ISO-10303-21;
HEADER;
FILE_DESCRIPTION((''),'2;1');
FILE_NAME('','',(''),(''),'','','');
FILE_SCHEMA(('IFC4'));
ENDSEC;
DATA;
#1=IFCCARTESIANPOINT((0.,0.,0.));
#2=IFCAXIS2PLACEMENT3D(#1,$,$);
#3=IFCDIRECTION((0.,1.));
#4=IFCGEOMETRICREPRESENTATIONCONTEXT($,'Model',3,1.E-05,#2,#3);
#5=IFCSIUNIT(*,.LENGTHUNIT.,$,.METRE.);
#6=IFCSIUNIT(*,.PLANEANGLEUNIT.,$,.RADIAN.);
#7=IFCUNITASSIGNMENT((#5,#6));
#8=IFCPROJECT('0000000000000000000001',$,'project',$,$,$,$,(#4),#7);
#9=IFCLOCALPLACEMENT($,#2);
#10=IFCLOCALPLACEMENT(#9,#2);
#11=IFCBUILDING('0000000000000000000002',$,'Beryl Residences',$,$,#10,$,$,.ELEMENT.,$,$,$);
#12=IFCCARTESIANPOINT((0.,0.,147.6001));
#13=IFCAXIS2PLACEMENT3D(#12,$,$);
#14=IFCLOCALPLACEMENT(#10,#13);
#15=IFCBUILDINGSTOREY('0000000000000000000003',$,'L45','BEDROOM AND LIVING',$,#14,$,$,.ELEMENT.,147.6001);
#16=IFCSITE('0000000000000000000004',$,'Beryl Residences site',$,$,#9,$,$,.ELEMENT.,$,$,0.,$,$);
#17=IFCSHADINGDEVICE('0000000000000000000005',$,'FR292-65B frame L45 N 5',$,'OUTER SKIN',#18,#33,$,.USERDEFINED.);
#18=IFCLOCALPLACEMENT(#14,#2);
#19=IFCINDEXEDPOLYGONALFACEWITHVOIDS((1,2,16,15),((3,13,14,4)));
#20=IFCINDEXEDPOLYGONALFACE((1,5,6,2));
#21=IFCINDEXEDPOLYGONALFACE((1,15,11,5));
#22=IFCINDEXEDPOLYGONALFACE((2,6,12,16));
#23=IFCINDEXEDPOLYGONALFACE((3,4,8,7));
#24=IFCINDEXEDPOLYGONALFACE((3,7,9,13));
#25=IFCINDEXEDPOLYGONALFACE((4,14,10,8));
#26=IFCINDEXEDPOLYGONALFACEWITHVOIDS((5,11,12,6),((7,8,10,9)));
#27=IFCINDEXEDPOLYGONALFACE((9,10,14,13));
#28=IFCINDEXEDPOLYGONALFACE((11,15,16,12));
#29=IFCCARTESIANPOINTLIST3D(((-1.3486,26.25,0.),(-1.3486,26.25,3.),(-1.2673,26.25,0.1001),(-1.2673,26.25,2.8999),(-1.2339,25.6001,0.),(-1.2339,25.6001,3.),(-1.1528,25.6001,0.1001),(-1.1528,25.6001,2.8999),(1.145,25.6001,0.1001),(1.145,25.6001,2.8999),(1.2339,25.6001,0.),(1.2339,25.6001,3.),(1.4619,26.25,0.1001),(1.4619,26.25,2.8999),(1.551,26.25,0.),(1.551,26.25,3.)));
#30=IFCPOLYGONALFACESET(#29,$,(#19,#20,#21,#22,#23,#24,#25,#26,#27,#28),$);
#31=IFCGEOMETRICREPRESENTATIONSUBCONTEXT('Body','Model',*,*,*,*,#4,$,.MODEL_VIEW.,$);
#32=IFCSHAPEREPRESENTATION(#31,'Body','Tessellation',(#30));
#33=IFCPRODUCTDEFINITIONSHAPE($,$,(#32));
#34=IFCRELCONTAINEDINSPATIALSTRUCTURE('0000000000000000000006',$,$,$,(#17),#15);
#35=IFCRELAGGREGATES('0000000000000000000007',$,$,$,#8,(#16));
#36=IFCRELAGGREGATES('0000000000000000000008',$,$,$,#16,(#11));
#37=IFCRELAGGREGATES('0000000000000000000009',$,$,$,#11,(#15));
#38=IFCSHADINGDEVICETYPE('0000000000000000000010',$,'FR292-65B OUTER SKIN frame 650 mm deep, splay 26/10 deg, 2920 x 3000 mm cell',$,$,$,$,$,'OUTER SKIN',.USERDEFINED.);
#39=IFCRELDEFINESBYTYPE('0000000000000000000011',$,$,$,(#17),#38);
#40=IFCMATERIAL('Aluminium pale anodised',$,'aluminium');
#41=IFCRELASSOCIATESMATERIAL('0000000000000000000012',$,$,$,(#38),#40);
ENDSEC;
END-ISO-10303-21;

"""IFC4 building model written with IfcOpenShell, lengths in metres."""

from ifc_helpers import new_model, entity, si_unit, direction, frame, origin, place, context, subcontext, project, spatial, source, transform, mapped, material, type_object, type_shapes, element, save


model = new_model("IFC4")

# Units and contexts
model_context = context("Model", 3, precision=1e-05, world=origin(), true_north=direction((0.0, 1.0)))
body_context = subcontext(model_context, "Body", "Model", "MODEL_VIEW")
ifc_project = project(units=[si_unit("LENGTHUNIT", "METRE"), si_unit("PLANEANGLEUNIT", "RADIAN")], contexts=[model_context])

# Site, building, storey
site_placement = place(None, origin())
site = spatial("IfcSite", under=ifc_project, at=site_placement, Name="Beryl Residences site", CompositionType="ELEMENT", RefElevation=0.0)
building_placement = place(site_placement, origin())
building = spatial("IfcBuilding", under=site, at=building_placement, Name="Beryl Residences", CompositionType="ELEMENT")
storey_placement = place(building_placement, frame((0.0, 0.0, 147.6001)))
storey = spatial("IfcBuildingStorey", under=building, at=storey_placement, Name="L45", Description="BEDROOM AND LIVING", CompositionType="ELEMENT", Elevation=147.6001)

# Shading device
ifc_material_1 = material(Name="Aluminium pale anodised", Category="aluminium")
shading_device_type_1 = type_object("IfcShadingDeviceType", Name="FR292-65B OUTER SKIN frame 650 mm deep, splay 26/10 deg, 2920 x 3000 mm cell", ElementType="OUTER SKIN", PredefinedType="USERDEFINED", material=ifc_material_1)
cartesian_point_1 = entity("IfcCartesianPoint", [-1.2339, 0.0])
cartesian_point_2 = entity("IfcCartesianPoint", [-1.145, 0.1001])
cartesian_point_3 = entity("IfcCartesianPoint", [-1.551, 0.0])
cartesian_point_4 = entity("IfcCartesianPoint", [-1.4619, 0.1001])
shared_shape_1 = source(origin(), body_context, "Body", "SweptSolid", [
    entity("IfcExtrudedAreaSolidTapered", entity("IfcArbitraryProfileDefWithVoids", "AREA", None, entity("IfcPolyline", [cartesian_point_1, entity("IfcCartesianPoint", [1.2339, 0.0]), entity("IfcCartesianPoint", [1.2339, 3.0]), entity("IfcCartesianPoint", [-1.2339, 3.0]), cartesian_point_1]), [entity("IfcPolyline", [cartesian_point_2, entity("IfcCartesianPoint", [1.1528, 0.1001]), entity("IfcCartesianPoint", [1.1528, 2.8999]), entity("IfcCartesianPoint", [-1.145, 2.8999]), cartesian_point_2])]), entity("IfcAxis2Placement3D", entity("IfcCartesianPoint", [0.0, 0.0, 0.0]), entity("IfcDirection", [0.0, 1.0, 0.0]), entity("IfcDirection", [-1.0, 0.0, 0.0])), entity("IfcDirection", [0.0, 0.0, 1.0]), 0.6499, entity("IfcArbitraryProfileDefWithVoids", "AREA", None, entity("IfcPolyline", [cartesian_point_3, entity("IfcCartesianPoint", [1.3486, 0.0]), entity("IfcCartesianPoint", [1.3486, 3.0]), entity("IfcCartesianPoint", [-1.551, 3.0]), cartesian_point_3]), [entity("IfcPolyline", [cartesian_point_4, entity("IfcCartesianPoint", [1.2673, 0.1001]), entity("IfcCartesianPoint", [1.2673, 2.8999]), entity("IfcCartesianPoint", [-1.4619, 2.8999]), cartesian_point_4])])),
])
type_shapes(shading_device_type_1, [shared_shape_1])
for number, where, z_axis, x_axis, name in (
    (1, (0.0, 25.6001, 0.0), (0.0, 0.0, 1.0), (1.0, 0.0, 0.0), "FR292-65B frame L45 N 5"),
):
    element("IfcShadingDevice", number, at=place(storey_placement, frame(where, z_axis=z_axis, x_axis=x_axis)), inside=storey, type_object=shading_device_type_1, Name=name, ObjectType="OUTER SKIN", PredefinedType="USERDEFINED", context=body_context, shape_type="MappedRepresentation", body=[
        mapped(shared_shape_1, transform((0.0, 0.0, 0.0))),
    ])

save(model, "model.ifc")
